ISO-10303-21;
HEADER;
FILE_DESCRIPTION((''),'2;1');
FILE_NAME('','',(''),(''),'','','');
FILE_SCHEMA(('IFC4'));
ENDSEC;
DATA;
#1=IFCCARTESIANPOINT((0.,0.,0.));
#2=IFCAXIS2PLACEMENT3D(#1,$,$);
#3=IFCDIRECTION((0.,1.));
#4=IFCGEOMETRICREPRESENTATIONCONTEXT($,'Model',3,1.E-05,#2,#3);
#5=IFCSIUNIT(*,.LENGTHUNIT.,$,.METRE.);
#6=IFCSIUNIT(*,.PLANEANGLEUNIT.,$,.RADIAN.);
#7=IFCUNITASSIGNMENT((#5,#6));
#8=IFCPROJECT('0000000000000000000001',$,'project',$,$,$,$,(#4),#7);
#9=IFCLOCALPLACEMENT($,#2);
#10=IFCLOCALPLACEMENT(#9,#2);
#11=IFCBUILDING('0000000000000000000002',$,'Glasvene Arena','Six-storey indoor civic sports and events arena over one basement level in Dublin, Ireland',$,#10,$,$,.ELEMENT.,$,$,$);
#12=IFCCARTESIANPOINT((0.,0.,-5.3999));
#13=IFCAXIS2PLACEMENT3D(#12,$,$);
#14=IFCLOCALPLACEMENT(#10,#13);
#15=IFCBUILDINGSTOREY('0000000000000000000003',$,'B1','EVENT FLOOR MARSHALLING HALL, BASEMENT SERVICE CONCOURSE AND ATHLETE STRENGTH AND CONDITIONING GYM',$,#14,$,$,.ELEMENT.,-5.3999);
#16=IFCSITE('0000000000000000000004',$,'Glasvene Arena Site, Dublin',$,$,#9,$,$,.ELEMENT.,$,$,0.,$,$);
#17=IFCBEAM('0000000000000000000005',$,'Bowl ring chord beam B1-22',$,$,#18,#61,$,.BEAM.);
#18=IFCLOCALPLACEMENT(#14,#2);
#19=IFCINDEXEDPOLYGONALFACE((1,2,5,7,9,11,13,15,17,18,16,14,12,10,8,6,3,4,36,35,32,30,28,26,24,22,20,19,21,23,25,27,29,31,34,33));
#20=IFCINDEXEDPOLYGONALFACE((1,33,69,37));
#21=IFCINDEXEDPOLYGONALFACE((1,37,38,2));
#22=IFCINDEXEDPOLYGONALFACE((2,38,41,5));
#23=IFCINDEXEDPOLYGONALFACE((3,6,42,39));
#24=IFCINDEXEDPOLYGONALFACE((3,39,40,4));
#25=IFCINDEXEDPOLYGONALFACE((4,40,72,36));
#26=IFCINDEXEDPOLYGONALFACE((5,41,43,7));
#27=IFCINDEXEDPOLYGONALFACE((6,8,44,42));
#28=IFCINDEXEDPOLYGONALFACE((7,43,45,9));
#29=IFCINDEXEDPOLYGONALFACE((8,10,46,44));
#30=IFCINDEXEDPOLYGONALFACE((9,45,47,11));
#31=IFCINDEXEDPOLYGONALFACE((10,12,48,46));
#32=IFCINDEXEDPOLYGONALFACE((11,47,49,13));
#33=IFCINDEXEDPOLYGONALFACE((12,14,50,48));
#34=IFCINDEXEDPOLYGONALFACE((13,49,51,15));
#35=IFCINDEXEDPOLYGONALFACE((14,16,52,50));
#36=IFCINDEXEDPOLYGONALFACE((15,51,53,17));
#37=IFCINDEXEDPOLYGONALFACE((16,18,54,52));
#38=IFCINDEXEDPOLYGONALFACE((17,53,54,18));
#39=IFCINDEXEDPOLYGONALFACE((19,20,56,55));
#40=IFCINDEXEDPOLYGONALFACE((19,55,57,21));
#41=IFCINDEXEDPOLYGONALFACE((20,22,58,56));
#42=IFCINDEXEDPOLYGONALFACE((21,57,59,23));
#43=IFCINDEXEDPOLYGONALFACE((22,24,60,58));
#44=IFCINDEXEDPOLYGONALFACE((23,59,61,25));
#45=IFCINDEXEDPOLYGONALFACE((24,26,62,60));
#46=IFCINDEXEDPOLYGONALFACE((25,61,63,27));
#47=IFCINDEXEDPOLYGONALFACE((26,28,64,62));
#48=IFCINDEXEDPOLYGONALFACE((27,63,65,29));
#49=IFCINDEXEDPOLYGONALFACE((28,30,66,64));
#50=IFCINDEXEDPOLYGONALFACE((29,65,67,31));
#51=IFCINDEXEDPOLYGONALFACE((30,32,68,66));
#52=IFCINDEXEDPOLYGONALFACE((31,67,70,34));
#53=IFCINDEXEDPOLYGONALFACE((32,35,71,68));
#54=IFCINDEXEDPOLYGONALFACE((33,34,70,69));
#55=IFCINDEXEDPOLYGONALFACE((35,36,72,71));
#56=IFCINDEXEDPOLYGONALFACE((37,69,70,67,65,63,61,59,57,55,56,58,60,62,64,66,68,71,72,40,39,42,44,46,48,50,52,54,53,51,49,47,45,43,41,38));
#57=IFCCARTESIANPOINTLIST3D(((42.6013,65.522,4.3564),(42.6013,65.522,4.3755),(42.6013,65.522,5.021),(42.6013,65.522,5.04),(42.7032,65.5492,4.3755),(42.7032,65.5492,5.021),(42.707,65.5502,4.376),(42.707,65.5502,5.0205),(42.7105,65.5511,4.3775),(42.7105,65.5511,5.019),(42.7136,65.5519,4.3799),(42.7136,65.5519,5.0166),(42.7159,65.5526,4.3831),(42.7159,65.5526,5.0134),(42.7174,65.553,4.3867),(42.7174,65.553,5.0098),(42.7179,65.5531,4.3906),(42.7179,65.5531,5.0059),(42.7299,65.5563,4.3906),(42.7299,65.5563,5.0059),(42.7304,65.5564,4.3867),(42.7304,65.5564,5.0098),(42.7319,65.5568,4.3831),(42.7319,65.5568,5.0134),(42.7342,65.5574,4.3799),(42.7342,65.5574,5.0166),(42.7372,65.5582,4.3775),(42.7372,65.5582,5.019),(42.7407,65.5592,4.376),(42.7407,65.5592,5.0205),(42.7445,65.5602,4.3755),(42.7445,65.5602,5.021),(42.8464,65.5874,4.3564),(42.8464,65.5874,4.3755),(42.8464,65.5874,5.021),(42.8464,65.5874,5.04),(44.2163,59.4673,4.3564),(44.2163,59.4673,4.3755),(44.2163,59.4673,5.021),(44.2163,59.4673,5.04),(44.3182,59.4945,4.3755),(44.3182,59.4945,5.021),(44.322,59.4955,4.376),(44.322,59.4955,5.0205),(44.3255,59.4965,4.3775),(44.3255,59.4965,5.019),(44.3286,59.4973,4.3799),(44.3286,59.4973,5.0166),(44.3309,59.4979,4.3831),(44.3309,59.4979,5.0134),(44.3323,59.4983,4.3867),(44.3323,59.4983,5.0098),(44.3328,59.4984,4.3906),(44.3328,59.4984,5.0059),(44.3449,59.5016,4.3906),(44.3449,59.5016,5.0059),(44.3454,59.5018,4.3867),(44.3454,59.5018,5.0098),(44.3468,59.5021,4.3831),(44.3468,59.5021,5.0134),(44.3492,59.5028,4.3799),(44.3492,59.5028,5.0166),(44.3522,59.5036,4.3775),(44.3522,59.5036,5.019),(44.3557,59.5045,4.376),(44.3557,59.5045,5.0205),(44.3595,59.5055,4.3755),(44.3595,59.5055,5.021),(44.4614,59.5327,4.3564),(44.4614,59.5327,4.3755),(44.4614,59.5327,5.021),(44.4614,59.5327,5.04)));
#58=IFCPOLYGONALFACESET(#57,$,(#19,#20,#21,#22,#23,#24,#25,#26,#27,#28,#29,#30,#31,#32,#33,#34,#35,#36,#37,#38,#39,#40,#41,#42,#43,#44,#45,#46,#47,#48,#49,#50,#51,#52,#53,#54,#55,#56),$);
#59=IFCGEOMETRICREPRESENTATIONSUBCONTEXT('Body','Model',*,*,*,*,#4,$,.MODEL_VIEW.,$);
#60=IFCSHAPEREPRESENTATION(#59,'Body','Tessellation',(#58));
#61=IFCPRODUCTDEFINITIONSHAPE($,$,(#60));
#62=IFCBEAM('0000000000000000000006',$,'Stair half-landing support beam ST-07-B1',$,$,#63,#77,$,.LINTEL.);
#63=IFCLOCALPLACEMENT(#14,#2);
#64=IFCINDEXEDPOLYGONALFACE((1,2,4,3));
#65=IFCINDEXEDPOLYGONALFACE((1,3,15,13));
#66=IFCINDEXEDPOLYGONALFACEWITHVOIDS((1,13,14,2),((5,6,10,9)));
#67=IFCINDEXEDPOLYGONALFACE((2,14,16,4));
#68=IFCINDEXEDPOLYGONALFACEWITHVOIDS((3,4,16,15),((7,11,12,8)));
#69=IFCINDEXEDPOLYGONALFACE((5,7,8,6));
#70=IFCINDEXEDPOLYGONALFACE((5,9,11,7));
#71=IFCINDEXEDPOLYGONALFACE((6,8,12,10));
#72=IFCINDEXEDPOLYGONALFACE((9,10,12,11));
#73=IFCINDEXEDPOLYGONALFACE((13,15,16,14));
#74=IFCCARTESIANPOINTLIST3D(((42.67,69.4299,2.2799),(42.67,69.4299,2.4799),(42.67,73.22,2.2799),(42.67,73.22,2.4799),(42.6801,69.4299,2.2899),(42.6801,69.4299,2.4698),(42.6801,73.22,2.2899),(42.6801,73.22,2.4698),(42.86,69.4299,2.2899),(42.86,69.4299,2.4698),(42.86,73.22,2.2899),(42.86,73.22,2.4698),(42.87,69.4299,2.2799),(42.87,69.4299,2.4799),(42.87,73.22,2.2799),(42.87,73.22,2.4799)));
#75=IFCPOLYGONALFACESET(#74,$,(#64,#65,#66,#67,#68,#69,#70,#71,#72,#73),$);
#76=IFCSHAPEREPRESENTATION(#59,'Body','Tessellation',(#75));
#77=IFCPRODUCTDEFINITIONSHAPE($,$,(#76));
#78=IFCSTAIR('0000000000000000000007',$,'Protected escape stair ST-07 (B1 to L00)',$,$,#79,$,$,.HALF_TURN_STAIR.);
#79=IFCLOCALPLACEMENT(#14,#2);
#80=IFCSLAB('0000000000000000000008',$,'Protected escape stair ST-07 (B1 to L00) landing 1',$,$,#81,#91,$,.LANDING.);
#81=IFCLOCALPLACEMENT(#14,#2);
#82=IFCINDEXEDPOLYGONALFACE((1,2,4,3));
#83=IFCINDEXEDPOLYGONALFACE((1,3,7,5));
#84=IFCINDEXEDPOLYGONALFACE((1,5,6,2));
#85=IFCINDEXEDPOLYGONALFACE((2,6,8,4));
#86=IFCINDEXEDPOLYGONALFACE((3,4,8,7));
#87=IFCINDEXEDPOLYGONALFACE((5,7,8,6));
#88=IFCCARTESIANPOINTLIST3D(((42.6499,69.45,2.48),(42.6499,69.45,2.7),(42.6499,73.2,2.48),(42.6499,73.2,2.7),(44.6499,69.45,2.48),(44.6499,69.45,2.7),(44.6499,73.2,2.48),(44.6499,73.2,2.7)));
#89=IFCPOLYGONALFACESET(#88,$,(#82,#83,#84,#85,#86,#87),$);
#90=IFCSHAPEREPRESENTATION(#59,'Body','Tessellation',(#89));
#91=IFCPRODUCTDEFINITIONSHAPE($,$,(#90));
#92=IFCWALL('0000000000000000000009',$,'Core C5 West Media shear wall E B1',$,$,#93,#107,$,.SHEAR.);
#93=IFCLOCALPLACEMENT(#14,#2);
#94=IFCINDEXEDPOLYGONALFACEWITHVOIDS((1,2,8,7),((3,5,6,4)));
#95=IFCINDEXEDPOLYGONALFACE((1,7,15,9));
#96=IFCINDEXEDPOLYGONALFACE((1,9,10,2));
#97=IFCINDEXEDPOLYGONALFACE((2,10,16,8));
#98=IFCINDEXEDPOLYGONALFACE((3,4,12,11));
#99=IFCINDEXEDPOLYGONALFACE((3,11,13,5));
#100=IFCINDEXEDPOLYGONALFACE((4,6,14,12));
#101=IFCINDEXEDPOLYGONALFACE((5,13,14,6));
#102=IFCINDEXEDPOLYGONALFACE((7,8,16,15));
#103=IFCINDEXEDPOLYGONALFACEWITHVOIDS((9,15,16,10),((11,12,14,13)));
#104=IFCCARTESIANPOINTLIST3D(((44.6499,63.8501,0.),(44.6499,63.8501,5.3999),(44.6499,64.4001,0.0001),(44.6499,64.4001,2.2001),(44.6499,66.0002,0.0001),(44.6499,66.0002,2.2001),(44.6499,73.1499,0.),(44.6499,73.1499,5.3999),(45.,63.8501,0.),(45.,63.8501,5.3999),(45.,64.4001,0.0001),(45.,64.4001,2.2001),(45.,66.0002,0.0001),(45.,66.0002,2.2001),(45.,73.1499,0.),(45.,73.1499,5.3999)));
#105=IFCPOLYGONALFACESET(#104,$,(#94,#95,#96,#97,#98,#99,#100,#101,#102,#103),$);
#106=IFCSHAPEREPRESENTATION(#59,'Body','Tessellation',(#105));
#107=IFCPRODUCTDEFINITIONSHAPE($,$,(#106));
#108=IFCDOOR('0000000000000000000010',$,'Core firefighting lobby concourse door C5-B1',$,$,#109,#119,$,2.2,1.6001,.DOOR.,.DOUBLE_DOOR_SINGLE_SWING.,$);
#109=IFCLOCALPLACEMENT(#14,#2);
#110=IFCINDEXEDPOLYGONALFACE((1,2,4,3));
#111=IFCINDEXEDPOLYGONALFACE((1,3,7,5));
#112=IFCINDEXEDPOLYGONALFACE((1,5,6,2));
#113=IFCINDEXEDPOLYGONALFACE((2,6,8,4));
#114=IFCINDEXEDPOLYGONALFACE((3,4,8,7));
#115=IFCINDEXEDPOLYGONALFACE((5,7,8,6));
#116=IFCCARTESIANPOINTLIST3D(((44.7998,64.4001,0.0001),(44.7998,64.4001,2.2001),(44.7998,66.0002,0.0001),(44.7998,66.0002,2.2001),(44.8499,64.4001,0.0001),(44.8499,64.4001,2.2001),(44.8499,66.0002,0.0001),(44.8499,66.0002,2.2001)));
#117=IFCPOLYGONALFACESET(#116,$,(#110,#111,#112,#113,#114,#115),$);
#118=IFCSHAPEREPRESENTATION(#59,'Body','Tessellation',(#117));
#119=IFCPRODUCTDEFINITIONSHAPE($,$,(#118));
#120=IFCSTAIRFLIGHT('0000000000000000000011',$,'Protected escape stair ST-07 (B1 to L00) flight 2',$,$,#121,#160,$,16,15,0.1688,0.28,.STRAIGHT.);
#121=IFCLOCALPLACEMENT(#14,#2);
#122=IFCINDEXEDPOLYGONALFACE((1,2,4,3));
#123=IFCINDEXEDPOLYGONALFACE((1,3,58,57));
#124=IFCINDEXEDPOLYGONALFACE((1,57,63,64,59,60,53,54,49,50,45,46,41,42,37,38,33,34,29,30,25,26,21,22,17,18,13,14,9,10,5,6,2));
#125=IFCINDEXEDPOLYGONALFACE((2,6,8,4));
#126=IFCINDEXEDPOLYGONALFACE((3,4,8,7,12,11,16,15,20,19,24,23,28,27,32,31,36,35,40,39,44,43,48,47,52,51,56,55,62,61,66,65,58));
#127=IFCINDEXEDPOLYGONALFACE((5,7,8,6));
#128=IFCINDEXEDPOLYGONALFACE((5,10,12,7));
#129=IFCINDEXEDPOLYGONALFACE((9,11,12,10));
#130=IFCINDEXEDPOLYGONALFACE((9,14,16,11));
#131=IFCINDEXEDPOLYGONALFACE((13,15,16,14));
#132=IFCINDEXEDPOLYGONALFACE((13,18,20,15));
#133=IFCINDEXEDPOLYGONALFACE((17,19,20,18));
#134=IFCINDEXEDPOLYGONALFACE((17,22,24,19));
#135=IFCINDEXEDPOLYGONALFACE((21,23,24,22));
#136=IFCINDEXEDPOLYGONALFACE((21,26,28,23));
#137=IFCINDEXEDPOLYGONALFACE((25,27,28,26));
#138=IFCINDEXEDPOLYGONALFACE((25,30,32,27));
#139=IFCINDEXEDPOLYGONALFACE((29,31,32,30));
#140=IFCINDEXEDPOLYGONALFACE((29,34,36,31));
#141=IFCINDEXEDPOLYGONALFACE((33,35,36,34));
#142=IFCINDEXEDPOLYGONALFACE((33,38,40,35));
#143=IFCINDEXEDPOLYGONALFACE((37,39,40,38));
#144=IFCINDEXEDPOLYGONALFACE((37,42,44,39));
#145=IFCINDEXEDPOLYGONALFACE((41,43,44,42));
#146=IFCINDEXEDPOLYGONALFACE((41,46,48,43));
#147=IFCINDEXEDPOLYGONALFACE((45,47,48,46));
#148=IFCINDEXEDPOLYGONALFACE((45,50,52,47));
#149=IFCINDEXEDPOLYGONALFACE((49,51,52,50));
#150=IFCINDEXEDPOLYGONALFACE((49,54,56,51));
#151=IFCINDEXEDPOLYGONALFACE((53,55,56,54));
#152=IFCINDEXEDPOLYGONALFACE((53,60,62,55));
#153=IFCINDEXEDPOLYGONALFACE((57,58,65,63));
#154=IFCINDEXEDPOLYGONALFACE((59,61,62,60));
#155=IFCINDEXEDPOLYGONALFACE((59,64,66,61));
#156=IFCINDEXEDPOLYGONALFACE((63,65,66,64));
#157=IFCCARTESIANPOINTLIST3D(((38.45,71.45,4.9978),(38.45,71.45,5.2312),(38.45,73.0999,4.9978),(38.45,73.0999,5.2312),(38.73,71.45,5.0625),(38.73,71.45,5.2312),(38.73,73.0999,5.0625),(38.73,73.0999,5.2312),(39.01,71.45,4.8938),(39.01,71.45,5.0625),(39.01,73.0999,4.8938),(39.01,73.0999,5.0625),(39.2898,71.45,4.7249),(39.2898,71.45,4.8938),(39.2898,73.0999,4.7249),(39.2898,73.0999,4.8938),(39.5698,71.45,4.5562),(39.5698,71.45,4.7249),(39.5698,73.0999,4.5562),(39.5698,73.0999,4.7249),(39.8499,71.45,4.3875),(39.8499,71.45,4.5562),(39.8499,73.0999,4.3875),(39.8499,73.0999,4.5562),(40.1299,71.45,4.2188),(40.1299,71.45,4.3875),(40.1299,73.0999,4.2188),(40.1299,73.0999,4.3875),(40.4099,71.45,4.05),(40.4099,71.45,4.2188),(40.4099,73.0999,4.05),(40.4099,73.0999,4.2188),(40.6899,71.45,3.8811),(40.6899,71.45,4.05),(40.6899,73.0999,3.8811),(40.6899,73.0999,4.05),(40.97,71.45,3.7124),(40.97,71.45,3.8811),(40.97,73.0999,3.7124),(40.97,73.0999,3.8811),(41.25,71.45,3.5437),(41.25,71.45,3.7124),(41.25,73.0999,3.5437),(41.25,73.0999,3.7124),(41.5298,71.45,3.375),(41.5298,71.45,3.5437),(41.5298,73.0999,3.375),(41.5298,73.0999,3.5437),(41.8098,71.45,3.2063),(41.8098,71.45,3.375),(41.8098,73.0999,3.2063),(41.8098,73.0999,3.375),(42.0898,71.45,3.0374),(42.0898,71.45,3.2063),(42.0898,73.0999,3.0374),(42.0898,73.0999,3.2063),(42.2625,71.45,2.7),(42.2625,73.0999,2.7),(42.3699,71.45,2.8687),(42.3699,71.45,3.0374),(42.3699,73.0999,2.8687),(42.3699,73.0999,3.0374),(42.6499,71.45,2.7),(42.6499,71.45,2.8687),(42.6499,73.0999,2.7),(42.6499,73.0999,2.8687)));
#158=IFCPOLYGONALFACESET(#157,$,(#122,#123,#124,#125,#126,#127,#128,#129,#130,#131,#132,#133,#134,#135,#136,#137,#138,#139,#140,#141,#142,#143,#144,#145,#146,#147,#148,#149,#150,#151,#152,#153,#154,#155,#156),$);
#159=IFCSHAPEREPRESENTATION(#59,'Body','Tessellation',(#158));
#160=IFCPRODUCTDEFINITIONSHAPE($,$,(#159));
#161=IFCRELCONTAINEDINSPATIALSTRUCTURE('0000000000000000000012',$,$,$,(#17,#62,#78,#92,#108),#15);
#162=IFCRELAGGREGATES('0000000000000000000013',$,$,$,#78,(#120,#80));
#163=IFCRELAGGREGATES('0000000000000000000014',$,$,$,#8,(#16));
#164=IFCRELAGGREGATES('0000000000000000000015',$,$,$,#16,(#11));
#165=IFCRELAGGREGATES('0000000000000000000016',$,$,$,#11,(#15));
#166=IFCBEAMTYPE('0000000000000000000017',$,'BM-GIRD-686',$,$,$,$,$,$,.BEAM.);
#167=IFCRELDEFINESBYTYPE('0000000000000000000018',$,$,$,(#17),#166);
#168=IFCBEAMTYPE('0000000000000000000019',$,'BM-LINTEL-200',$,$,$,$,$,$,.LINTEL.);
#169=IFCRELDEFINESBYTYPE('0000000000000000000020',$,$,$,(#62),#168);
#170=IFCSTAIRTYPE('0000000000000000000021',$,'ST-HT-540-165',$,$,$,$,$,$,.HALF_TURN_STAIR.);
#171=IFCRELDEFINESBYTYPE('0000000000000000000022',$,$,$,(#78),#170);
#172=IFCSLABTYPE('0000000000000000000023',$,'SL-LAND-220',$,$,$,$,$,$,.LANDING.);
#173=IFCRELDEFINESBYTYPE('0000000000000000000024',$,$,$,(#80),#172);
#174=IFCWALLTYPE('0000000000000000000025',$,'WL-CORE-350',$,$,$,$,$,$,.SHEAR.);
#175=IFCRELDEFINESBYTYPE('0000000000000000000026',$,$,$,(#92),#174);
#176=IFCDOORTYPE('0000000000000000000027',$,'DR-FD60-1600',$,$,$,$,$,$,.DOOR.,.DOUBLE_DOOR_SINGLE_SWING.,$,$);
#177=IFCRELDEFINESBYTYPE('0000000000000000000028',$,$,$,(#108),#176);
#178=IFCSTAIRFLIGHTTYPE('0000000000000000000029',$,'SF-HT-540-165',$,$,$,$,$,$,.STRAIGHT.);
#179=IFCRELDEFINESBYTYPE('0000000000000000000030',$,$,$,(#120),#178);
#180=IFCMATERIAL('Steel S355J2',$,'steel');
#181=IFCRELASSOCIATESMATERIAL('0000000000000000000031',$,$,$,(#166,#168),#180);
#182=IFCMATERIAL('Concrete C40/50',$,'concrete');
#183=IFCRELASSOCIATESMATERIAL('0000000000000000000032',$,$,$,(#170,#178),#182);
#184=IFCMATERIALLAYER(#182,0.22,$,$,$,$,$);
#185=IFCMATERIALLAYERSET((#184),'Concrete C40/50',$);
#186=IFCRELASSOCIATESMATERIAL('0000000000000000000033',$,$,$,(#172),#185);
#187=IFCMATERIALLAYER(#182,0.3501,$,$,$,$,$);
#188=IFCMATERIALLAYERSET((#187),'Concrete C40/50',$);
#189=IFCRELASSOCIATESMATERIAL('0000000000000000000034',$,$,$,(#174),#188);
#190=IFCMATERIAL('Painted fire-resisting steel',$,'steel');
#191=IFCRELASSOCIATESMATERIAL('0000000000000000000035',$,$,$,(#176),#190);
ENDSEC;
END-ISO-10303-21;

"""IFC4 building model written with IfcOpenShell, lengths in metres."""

from ifc_helpers import new_model, si_unit, direction, frame, frame_2d, origin, origin_2d, place, context, subcontext, project, spatial, polyline, rectangle, hollow_rectangle, i_section, outline, extrude, material, layer, layer_set, material_profile, profile_set, type_object, element, fill, aggregate, save


model = new_model("IFC4")

# Units and contexts
model_context = context("Model", 3, precision=1e-05, world=origin(), true_north=direction((0.0, 1.0)))
body_context = subcontext(model_context, "Body", "Model", "MODEL_VIEW")
ifc_project = project(units=[si_unit("LENGTHUNIT", "METRE"), si_unit("PLANEANGLEUNIT", "RADIAN")], contexts=[model_context])

# Site, building, storey
site_placement = place(None, origin())
site = spatial("IfcSite", under=ifc_project, at=site_placement, Name="Glasvene Arena Site, Dublin", CompositionType="ELEMENT", RefElevation=0.0)
building_placement = place(site_placement, origin())
building = spatial("IfcBuilding", under=site, at=building_placement, Name="Glasvene Arena", Description="Six-storey indoor civic sports and events arena over one basement level in Dublin, Ireland", CompositionType="ELEMENT")
storey_placement = place(building_placement, frame((0.0, 0.0, -5.3999)))
storey = spatial("IfcBuildingStorey", under=building, at=storey_placement, Name="B1", Description="EVENT FLOOR MARSHALLING HALL, BASEMENT SERVICE CONCOURSE AND ATHLETE STRENGTH AND CONDITIONING GYM", CompositionType="ELEMENT", Elevation=-5.3999)

# Shared definitions
ifc_material_1 = material(Name="Concrete C40/50", Category="concrete")

# Shared definitions
ifc_material_2 = material(Name="Steel S355J2", Category="steel")

# Beams
ifc_material_profile_1 = material_profile(ifc_material_2, i_section(OverallWidth=0.2537, OverallDepth=0.6836, WebThickness=0.0125, FlangeThickness=0.019, FilletRadius=0.0151, at=origin_2d()), Name="UKB 686x254x140")
ifc_profile_set_1 = profile_set([ifc_material_profile_1], Name="Steel S355J2")
beam_type_1 = type_object("IfcBeamType", Name="BM-GIRD-686", PredefinedType="BEAM", material=ifc_profile_set_1)
beam_1_placement = place(storey_placement, frame((42.7239, 65.5547, 4.6982), z_axis=(0.257723, -0.966219, 0.0), x_axis=(0.966219, 0.257723, 0.0)))
element("IfcBeam", 1, at=beam_1_placement, inside=storey, type_object=beam_type_1, Name="Bowl ring chord beam B1-22", PredefinedType="BEAM", context=body_context, shape_type="SweptSolid", body=[
    extrude(i_section(OverallWidth=0.2537, OverallDepth=0.6836, WebThickness=0.0125, FlangeThickness=0.019, FilletRadius=0.0151, at=origin_2d()), origin(), (0.0, 0.0, 1.0), 6.2664),
])
ifc_material_profile_2 = material_profile(ifc_material_2, hollow_rectangle(XDim=0.2, YDim=0.2, WallThickness=0.01, at=origin_2d()), Name="SHS 200x200x10.0")
ifc_profile_set_2 = profile_set([ifc_material_profile_2], Name="Steel S355J2")
beam_type_2 = type_object("IfcBeamType", Name="BM-LINTEL-200", PredefinedType="LINTEL", material=ifc_profile_set_2)
beam_2_placement = place(storey_placement, frame((42.77, 69.4299, 2.3799), z_axis=(0.0, 1.0, 0.0), x_axis=(-1.0, 0.0, 0.0)))
element("IfcBeam", 2, at=beam_2_placement, inside=storey, type_object=beam_type_2, Name="Stair half-landing support beam ST-07-B1", PredefinedType="LINTEL", context=body_context, shape_type="SweptSolid", body=[
    extrude(hollow_rectangle(XDim=0.2, YDim=0.2, WallThickness=0.01, at=origin_2d()), origin(), (0.0, 0.0, 1.0), 3.79),
])

# Stair, slab
stair_type = type_object("IfcStairType", Name="ST-HT-540-165", PredefinedType="HALF_TURN_STAIR", material=ifc_material_1)
stair_placement = place(storey_placement, origin())
stair = element("IfcStair", 3, at=stair_placement, inside=storey, type_object=stair_type, Name="Protected escape stair ST-07 (B1 to L00)", PredefinedType="HALF_TURN_STAIR")
ifc_layer_1 = layer(ifc_material_1, 0.22)
ifc_layer_set_1 = layer_set([ifc_layer_1], Name="Concrete C40/50")
slab_type = type_object("IfcSlabType", Name="SL-LAND-220", PredefinedType="LANDING", material=ifc_layer_set_1)
slab_placement = place(storey_placement, frame((43.6499, 71.325, 2.48)))
slab = element("IfcSlab", 4, at=slab_placement, type_object=slab_type, Name="Protected escape stair ST-07 (B1 to L00) landing 1", PredefinedType="LANDING", context=body_context, shape_type="SweptSolid", body=[
    extrude(outline(polyline([(-1.0, -1.875), (1.0, -1.875), (1.0, 1.875), (-1.0, 1.875), (-1.0, -1.875)])), origin(), (0.0, 0.0, 1.0), 0.22),
])

# Wall, opening, door
ifc_layer_2 = layer(ifc_material_1, 0.3501)
ifc_layer_set_2 = layer_set([ifc_layer_2], Name="Concrete C40/50")
wall_type = type_object("IfcWallType", Name="WL-CORE-350", PredefinedType="SHEAR", material=ifc_layer_set_2)
wall_placement = place(storey_placement, frame((44.825, 63.8501, 0.0), z_axis=(0.0, 0.0, 1.0), x_axis=(0.0, 1.0, 0.0)))
wall = element("IfcWall", 5, at=wall_placement, inside=storey, type_object=wall_type, Name="Core C5 West Media shear wall E B1", PredefinedType="SHEAR", context=body_context, shape_type="SweptSolid", body=[
    extrude(rectangle(XDim=9.2998, YDim=0.3501, at=frame_2d((4.6499, 0.0))), origin(), (0.0, 0.0, 1.0), 5.3999),
])
opening_placement = place(wall_placement, frame((0.55, 0.0, 0.0)))
opening = element("IfcOpeningElement", 6, at=opening_placement, cuts=wall, PredefinedType="OPENING", context=body_context, shape_type="SweptSolid", body=[
    extrude(rectangle(XDim=1.6001, YDim=2.2, at=frame_2d((0.8, 1.1001))), frame((0.0, 0.1851, 0.0), z_axis=(0.0, -1.0, 0.0), x_axis=(1.0, 0.0, 0.0)), (0.0, 0.0, 1.0), 0.3701),
])
ifc_material_3 = material(Name="Painted fire-resisting steel", Category="steel")
door_type = type_object("IfcDoorType", Name="DR-FD60-1600", OperationType="DOUBLE_DOOR_SINGLE_SWING", PredefinedType="DOOR", material=ifc_material_3)
door_placement = place(opening_placement, frame((1.6001, 0.0, 0.0), z_axis=(0.0, 0.0, 1.0), x_axis=(-1.0, 0.0, 0.0)))
door = element("IfcDoor", 7, at=door_placement, inside=storey, type_object=door_type, Name="Core firefighting lobby concourse door C5-B1", OperationType="DOUBLE_DOOR_SINGLE_SWING", OverallHeight=2.2, OverallWidth=1.6001, PredefinedType="DOOR", context=body_context, shape_type="SweptSolid", body=[
    extrude(rectangle(XDim=1.6001, YDim=2.2, at=frame_2d((0.8, 1.1001))), frame((0.0, 0.0249, 0.0), z_axis=(0.0, -1.0, 0.0), x_axis=(1.0, 0.0, 0.0)), (0.0, 0.0, 1.0), 0.05),
])
fill(opening, door)

# Stair flight
stair_flight_type = type_object("IfcStairFlightType", Name="SF-HT-540-165", PredefinedType="STRAIGHT", material=ifc_material_1)
stair_flight_placement = place(storey_placement, frame((42.6499, 72.2749, 2.7), z_axis=(0.0, 0.0, 1.0), x_axis=(-1.0, 0.0, 0.0)))
stair_flight = element("IfcStairFlight", 8, at=stair_flight_placement, type_object=stair_flight_type, Name="Protected escape stair ST-07 (B1 to L00) flight 2", NumberOfRisers=16, NumberOfTreads=15, PredefinedType="STRAIGHT", RiserHeight=0.1688, TreadLength=0.28, context=body_context, shape_type="SweptSolid", body=[
    extrude(outline(polyline([(0.0, 0.0), (0.0, 0.1687), (0.28, 0.1687), (0.28, 0.3374), (0.5601, 0.3374), (0.5601, 0.5063), (0.8401, 0.5063), (0.8401, 0.675), (1.1201, 0.675), (1.1201, 0.8438), (1.3999, 0.8438), (1.3999, 1.0125), (1.6799, 1.0125), (1.6799, 1.1812), (1.96, 1.1812), (1.96, 1.3501), (2.24, 1.3501), (2.24, 1.5188), (2.52, 1.5188), (2.52, 1.6875), (2.8, 1.6875), (2.8, 1.8562), (3.0801, 1.8562), (3.0801, 2.0249), (3.3601, 2.0249), (3.3601, 2.1938), (3.6399, 2.1938), (3.6399, 2.3625), (3.9199, 2.3625), (3.9199, 2.5312), (4.2, 2.5312), (4.2, 2.7), (4.2, 2.2979), (0.3875, 0.0), (0.0, 0.0)])), frame((0.0, 0.825, 0.0), z_axis=(0.0, -1.0, 0.0), x_axis=(1.0, 0.0, 0.0)), (0.0, 0.0, 1.0), 1.6499),
])
aggregate(stair, [stair_flight, slab])

save(model, "model.ifc")
